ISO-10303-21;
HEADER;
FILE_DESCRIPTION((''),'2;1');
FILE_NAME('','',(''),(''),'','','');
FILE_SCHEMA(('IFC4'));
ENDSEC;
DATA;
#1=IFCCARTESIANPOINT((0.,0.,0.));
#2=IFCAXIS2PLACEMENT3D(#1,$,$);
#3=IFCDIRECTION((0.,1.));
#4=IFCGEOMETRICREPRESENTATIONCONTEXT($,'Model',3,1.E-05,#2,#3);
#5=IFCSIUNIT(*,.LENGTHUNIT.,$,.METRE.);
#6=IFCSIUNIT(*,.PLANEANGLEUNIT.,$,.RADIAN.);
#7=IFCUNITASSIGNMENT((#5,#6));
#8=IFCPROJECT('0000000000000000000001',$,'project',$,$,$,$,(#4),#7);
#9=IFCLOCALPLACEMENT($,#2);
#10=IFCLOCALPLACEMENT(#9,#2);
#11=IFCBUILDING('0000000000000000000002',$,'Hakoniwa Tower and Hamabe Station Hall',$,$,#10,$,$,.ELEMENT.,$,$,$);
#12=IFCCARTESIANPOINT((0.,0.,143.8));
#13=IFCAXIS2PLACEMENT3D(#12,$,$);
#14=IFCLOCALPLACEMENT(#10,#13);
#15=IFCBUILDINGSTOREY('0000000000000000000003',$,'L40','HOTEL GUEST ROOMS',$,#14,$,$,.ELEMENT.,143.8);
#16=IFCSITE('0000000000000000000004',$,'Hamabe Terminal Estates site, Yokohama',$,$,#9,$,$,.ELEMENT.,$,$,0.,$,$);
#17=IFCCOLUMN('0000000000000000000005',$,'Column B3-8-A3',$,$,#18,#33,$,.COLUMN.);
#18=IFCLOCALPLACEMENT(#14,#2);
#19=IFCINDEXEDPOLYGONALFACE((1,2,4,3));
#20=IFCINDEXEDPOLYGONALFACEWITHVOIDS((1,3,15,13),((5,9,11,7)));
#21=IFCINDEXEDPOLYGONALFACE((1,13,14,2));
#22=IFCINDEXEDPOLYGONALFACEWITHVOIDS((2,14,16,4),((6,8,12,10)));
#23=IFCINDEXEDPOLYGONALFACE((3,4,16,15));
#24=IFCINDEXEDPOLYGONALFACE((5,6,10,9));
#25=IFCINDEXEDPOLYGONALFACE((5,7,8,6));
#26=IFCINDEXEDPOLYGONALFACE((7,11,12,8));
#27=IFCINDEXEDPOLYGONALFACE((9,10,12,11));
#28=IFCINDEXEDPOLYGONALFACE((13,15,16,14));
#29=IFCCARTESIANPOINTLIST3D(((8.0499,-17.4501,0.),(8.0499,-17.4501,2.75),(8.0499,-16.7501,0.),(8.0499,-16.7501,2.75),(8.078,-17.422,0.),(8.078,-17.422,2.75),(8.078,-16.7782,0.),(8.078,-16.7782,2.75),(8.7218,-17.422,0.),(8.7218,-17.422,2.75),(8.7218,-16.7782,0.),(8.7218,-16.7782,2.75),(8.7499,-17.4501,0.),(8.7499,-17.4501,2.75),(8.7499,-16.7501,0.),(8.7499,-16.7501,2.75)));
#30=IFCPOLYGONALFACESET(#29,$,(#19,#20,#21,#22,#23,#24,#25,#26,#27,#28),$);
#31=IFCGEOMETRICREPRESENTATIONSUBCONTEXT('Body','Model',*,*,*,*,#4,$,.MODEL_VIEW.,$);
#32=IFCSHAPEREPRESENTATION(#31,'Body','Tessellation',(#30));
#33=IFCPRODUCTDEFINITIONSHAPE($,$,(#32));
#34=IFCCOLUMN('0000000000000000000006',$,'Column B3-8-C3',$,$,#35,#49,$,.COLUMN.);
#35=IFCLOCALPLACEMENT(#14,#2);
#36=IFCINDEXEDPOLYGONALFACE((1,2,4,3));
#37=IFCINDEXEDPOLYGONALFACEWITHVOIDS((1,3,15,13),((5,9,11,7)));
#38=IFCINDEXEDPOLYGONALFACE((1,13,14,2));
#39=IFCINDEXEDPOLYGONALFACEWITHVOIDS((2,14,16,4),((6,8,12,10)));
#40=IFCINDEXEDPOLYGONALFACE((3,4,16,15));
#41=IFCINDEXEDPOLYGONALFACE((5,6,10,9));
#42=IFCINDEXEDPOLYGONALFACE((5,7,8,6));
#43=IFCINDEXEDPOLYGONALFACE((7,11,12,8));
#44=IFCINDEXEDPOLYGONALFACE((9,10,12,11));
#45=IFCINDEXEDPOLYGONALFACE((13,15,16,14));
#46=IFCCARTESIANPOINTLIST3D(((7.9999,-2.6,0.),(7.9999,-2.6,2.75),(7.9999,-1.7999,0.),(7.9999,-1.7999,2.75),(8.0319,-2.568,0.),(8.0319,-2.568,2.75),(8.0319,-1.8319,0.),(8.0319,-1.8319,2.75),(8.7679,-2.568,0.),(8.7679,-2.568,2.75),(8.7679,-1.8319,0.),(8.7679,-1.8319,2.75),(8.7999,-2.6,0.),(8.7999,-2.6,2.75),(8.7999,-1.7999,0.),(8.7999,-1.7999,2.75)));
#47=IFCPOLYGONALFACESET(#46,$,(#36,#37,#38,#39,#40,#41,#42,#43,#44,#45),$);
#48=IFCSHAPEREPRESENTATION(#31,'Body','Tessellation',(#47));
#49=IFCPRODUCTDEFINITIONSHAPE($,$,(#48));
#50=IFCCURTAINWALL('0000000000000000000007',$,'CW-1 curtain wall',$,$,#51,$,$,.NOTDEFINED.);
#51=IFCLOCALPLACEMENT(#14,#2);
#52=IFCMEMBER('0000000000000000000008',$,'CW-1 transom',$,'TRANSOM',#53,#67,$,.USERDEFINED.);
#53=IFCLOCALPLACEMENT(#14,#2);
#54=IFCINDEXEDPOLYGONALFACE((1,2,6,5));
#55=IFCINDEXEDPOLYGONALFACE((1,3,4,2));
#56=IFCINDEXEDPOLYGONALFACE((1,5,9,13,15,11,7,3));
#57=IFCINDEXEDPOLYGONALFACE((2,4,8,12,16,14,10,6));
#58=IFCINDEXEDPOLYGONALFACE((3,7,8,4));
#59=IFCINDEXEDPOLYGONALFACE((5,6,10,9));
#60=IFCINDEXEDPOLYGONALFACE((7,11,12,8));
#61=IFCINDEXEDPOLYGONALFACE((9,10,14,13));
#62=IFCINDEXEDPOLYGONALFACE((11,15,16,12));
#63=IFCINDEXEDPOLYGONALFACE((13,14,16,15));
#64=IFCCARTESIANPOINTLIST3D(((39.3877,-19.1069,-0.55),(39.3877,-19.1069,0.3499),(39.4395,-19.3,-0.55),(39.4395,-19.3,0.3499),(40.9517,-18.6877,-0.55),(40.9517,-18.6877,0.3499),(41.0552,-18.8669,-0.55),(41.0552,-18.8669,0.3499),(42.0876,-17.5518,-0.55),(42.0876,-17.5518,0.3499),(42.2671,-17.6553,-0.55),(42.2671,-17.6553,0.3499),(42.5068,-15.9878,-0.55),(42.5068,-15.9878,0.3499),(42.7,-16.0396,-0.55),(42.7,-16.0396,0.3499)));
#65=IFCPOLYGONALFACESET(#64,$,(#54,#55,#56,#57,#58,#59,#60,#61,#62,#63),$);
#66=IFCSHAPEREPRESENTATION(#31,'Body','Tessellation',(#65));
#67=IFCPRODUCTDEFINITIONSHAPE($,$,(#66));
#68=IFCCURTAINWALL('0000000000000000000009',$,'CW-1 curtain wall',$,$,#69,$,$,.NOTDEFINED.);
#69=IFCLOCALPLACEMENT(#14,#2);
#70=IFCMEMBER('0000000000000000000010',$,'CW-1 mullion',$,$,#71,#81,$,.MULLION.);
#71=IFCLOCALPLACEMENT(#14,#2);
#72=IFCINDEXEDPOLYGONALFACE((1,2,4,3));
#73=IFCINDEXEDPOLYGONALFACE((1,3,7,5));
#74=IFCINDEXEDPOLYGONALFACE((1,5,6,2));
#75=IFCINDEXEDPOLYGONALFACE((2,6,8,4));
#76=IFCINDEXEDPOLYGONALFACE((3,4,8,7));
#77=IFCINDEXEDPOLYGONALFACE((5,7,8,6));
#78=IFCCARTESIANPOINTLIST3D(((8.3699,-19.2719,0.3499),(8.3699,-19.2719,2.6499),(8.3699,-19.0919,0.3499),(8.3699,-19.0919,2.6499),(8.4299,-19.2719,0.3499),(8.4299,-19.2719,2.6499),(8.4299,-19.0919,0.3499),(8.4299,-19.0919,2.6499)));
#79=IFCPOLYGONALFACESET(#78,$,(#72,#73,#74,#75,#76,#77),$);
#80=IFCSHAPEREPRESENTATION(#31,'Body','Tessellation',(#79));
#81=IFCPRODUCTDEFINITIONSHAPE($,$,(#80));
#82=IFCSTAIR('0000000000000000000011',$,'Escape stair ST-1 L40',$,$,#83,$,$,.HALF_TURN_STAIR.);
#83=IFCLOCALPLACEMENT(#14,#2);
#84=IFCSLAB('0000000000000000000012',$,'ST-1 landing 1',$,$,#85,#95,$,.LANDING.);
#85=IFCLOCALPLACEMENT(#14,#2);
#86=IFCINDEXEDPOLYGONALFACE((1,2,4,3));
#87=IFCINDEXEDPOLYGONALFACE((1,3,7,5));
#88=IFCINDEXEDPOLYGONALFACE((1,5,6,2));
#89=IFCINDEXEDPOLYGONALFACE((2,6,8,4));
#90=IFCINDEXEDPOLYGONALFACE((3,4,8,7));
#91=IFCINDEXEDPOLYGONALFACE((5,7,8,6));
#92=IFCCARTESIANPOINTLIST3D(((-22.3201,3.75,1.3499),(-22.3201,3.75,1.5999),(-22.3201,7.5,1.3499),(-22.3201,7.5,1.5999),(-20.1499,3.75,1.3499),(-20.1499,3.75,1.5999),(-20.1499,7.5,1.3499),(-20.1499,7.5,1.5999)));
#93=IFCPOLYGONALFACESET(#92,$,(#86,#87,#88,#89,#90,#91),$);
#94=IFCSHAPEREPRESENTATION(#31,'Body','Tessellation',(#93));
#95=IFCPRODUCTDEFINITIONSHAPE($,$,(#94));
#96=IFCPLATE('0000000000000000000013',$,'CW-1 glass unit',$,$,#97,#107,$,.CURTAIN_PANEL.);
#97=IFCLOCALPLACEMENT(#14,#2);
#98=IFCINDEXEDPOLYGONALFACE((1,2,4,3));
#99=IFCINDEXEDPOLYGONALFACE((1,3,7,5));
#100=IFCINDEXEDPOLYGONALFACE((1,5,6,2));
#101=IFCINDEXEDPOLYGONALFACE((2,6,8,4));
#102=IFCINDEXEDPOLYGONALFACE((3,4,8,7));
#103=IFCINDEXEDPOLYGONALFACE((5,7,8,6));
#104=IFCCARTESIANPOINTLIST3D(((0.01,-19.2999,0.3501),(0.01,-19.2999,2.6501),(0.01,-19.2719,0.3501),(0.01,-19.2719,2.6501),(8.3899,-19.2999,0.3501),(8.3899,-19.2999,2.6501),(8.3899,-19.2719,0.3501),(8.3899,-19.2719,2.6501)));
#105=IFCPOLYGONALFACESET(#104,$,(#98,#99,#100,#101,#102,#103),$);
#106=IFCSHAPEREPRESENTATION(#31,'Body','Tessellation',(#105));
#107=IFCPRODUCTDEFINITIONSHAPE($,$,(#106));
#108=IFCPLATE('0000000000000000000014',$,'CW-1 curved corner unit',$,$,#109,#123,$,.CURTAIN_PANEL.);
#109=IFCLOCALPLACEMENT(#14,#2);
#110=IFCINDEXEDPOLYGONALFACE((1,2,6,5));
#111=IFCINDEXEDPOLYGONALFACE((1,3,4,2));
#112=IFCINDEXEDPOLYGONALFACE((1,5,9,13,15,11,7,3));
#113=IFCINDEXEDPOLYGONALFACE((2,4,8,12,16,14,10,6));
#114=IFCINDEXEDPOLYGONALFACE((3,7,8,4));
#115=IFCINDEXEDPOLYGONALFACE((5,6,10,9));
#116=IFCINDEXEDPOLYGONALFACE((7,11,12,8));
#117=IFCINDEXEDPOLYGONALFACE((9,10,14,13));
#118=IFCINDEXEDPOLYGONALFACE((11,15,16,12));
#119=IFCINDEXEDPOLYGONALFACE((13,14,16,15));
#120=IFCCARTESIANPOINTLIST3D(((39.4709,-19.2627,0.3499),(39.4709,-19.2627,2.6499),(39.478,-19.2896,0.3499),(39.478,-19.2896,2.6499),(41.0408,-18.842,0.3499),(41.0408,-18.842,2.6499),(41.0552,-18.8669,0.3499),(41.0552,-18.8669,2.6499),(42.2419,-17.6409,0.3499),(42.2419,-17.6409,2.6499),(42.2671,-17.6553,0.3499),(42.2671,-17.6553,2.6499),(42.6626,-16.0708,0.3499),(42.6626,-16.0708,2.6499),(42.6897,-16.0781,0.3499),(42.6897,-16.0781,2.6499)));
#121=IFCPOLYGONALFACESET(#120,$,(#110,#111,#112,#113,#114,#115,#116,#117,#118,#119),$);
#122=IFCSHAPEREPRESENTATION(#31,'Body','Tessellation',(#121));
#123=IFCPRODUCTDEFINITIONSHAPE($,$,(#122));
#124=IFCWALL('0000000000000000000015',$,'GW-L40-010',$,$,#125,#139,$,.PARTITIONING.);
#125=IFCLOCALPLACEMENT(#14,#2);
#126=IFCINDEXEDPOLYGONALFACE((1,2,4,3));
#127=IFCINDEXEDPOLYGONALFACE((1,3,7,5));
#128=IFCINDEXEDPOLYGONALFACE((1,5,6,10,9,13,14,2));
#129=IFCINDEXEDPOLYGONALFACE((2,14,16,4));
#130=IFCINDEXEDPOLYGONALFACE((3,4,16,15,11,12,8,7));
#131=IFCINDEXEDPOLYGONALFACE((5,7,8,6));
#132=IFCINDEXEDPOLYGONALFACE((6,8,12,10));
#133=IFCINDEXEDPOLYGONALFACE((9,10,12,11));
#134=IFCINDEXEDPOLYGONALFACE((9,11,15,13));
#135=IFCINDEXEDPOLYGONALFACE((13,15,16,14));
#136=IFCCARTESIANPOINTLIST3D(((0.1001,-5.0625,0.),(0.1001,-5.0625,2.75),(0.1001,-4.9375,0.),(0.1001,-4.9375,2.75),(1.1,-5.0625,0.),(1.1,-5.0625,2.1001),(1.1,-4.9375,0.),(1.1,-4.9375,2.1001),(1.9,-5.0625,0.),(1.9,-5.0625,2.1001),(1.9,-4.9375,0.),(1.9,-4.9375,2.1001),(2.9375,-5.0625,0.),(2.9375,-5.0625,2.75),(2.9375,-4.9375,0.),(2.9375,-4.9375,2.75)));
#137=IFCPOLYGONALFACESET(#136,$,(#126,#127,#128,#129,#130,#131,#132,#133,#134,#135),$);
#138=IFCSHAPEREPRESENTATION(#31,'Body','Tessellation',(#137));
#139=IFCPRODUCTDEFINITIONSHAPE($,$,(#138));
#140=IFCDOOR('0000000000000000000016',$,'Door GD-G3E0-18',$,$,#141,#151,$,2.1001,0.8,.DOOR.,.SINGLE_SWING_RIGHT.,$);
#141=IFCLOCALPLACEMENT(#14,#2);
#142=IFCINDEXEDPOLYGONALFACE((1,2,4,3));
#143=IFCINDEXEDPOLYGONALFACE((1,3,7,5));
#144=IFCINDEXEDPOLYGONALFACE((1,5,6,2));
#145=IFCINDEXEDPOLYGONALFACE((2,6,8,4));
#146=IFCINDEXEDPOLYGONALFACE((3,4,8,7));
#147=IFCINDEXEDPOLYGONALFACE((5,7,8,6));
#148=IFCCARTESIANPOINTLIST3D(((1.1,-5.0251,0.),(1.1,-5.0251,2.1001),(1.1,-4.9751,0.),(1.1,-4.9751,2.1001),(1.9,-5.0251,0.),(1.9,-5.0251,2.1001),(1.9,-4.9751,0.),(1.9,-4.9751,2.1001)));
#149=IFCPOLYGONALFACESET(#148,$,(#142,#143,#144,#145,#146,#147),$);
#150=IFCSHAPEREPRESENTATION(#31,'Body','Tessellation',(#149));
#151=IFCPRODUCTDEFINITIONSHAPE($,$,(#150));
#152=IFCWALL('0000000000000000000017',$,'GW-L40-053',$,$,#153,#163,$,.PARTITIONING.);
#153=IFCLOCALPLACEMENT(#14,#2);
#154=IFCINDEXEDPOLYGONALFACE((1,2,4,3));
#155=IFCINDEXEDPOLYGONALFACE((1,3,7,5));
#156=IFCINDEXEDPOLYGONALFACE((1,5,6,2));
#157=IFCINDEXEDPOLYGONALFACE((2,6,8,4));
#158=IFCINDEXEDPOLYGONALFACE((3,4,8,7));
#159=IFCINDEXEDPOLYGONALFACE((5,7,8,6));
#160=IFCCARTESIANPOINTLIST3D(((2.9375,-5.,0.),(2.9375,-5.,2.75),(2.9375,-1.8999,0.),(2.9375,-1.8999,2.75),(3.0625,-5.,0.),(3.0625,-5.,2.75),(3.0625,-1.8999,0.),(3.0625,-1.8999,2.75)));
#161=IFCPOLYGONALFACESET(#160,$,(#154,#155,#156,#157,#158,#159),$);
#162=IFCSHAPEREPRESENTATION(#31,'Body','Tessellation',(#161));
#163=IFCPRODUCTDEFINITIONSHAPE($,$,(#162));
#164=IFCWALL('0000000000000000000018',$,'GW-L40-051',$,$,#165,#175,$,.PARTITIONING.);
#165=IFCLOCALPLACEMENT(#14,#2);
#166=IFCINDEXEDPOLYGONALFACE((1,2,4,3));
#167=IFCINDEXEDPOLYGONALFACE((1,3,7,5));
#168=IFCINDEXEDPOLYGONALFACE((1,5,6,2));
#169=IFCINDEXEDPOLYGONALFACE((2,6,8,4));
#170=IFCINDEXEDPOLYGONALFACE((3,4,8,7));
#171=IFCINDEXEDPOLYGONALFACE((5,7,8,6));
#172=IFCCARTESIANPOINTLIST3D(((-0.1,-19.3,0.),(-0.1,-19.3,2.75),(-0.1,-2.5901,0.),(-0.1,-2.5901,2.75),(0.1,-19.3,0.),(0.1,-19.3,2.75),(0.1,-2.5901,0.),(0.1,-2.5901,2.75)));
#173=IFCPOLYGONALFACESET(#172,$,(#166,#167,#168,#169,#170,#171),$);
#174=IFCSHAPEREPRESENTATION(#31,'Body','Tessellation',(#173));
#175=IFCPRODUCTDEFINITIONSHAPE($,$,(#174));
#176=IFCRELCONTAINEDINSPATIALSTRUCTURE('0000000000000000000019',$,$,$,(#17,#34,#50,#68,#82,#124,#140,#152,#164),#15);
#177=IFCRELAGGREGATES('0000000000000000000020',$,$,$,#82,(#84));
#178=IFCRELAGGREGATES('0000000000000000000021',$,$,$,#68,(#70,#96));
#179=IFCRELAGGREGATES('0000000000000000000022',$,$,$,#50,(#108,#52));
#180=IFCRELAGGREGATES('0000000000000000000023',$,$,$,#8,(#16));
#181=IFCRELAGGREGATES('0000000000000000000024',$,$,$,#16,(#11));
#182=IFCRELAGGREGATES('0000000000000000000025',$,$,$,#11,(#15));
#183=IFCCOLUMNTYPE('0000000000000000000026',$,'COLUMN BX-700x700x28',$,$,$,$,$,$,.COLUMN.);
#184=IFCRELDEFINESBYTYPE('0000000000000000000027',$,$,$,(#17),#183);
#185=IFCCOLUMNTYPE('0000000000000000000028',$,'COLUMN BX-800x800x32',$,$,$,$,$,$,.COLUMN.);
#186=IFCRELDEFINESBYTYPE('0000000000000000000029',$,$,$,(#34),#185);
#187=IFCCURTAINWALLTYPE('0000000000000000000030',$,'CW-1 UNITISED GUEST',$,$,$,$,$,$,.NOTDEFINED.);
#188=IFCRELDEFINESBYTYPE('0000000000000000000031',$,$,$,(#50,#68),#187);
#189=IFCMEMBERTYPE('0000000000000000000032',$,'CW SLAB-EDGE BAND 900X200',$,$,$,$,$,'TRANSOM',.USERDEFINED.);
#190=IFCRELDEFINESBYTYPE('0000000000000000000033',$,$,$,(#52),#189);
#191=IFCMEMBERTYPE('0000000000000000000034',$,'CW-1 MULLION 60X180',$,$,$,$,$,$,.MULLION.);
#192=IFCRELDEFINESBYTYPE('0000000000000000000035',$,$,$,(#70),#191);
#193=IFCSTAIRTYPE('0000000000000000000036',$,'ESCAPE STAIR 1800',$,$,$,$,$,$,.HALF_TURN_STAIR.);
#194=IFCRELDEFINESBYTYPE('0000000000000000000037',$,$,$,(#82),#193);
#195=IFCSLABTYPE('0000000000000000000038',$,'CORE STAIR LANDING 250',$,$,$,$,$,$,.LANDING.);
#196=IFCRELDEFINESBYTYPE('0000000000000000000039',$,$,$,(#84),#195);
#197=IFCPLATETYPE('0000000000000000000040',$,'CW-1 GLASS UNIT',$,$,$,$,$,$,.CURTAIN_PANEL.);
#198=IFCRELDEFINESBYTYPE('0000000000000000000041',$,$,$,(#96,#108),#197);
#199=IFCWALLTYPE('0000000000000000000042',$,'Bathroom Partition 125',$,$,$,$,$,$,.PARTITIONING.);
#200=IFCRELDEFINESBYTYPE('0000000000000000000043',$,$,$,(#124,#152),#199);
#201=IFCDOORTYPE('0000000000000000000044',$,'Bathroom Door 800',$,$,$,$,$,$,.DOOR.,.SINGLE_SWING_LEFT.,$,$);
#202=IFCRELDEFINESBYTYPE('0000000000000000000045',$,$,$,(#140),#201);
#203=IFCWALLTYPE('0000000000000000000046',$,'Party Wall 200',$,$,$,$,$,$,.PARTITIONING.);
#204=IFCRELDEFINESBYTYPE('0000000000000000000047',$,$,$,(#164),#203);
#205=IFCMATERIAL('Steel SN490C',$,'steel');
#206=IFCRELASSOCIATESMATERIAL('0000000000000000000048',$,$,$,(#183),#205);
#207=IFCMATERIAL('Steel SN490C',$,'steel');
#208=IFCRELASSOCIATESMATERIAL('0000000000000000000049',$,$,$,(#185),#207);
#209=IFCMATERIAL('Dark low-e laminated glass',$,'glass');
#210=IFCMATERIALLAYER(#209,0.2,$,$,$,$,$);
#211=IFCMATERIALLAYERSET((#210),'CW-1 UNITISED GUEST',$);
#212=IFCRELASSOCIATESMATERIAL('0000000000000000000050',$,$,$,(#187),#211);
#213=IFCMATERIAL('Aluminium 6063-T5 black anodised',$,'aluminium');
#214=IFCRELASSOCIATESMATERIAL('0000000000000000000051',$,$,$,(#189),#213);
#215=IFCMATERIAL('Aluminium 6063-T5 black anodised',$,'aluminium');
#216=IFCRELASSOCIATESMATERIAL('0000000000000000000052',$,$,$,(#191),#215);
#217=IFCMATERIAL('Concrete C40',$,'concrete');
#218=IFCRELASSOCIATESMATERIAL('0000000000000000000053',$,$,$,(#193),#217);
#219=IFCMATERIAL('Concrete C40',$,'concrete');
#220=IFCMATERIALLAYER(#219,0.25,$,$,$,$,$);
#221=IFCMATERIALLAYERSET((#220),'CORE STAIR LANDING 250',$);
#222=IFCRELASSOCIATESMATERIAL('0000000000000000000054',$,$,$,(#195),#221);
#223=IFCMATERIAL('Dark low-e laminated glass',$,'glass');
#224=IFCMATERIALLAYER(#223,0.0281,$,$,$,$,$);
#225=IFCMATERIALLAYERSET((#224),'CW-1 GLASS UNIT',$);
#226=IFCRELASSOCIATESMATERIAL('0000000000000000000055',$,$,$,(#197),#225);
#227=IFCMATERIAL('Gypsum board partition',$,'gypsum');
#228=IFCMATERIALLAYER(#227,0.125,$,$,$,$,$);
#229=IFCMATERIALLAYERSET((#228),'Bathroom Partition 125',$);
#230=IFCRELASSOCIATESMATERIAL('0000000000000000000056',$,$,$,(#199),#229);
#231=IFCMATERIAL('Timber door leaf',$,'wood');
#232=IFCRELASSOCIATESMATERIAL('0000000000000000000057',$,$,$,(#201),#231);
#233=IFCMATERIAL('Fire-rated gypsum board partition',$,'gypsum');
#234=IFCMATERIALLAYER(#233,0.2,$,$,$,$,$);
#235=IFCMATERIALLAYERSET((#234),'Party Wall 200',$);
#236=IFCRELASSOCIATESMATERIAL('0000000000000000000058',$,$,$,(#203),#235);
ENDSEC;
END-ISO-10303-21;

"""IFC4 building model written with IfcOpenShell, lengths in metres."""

from ifc_helpers import new_model, si_unit, direction, frame, frame_2d, origin, origin_2d, place, context, subcontext, project, spatial, polyline, rectangle, hollow_rectangle, outline, extrude, material, layer, layer_set, material_profile, profile_set, type_object, element, fill, aggregate, save


model = new_model("IFC4")

# Units and contexts
model_context = context("Model", 3, precision=1e-05, world=origin(), true_north=direction((0.0, 1.0)))
body_context = subcontext(model_context, "Body", "Model", "MODEL_VIEW")
ifc_project = project(units=[si_unit("LENGTHUNIT", "METRE"), si_unit("PLANEANGLEUNIT", "RADIAN")], contexts=[model_context])

# Site, building, storey
site_placement = place(None, origin())
site = spatial("IfcSite", under=ifc_project, at=site_placement, Name="Hamabe Terminal Estates site, Yokohama", CompositionType="ELEMENT", RefElevation=0.0)
building_placement = place(site_placement, origin())
building = spatial("IfcBuilding", under=site, at=building_placement, Name="Hakoniwa Tower and Hamabe Station Hall", CompositionType="ELEMENT")
storey_placement = place(building_placement, frame((0.0, 0.0, 143.8)))
storey = spatial("IfcBuildingStorey", under=building, at=storey_placement, Name="L40", Description="HOTEL GUEST ROOMS", CompositionType="ELEMENT", Elevation=143.8)

# Columns
ifc_material_1 = material(Name="Steel SN490C", Category="steel")
ifc_material_profile_1 = material_profile(ifc_material_1, hollow_rectangle(XDim=0.7, YDim=0.7, WallThickness=0.0281, at=origin_2d()), Name="BX-700x700x28")
ifc_profile_set_1 = profile_set([ifc_material_profile_1], Name="Steel SN490C")
column_type_1 = type_object("IfcColumnType", Name="COLUMN BX-700x700x28", PredefinedType="COLUMN", material=ifc_profile_set_1)
column_1_placement = place(storey_placement, frame((8.3999, -17.1001, 0.0), z_axis=(0.0, 0.0, 1.0), x_axis=(1.0, 0.0, 0.0)))
element("IfcColumn", 1, at=column_1_placement, inside=storey, type_object=column_type_1, Name="Column B3-8-A3", PredefinedType="COLUMN", context=body_context, shape_type="SweptSolid", body=[
    extrude(hollow_rectangle(XDim=0.7, YDim=0.7, WallThickness=0.0281, at=origin_2d()), origin(), (0.0, 0.0, 1.0), 2.75),
])
ifc_material_2 = material(Name="Steel SN490C", Category="steel")
ifc_material_profile_2 = material_profile(ifc_material_2, hollow_rectangle(XDim=0.8, YDim=0.8, WallThickness=0.032, at=origin_2d()), Name="BX-800x800x32")
ifc_profile_set_2 = profile_set([ifc_material_profile_2], Name="Steel SN490C")
column_type_2 = type_object("IfcColumnType", Name="COLUMN BX-800x800x32", PredefinedType="COLUMN", material=ifc_profile_set_2)
column_2_placement = place(storey_placement, frame((8.3999, -2.2, 0.0), z_axis=(0.0, 0.0, 1.0), x_axis=(1.0, 0.0, 0.0)))
element("IfcColumn", 2, at=column_2_placement, inside=storey, type_object=column_type_2, Name="Column B3-8-C3", PredefinedType="COLUMN", context=body_context, shape_type="SweptSolid", body=[
    extrude(hollow_rectangle(XDim=0.8, YDim=0.8, WallThickness=0.032, at=origin_2d()), origin(), (0.0, 0.0, 1.0), 2.75),
])

# Curtain walls, members
ifc_material_3 = material(Name="Dark low-e laminated glass", Category="glass")
ifc_layer_1 = layer(ifc_material_3, 0.2)
ifc_layer_set_1 = layer_set([ifc_layer_1], Name="CW-1 UNITISED GUEST")
curtain_wall_type = type_object("IfcCurtainWallType", Name="CW-1 UNITISED GUEST", PredefinedType="NOTDEFINED", material=ifc_layer_set_1)
curtain_wall_1_placement = place(storey_placement, origin())
curtain_wall_1 = element("IfcCurtainWall", 3, at=curtain_wall_1_placement, inside=storey, type_object=curtain_wall_type, Name="CW-1 curtain wall", PredefinedType="NOTDEFINED")
ifc_material_4 = material(Name="Aluminium 6063-T5 black anodised", Category="aluminium")
ifc_material_profile_3 = material_profile(ifc_material_4, rectangle(XDim=0.2, YDim=0.8999, at=origin_2d()), Name="CW SLAB-EDGE BAND 900X200")
ifc_profile_set_3 = profile_set([ifc_material_profile_3], Name="Aluminium 6063-T5 black anodised")
member_type_1 = type_object("IfcMemberType", Name="CW SLAB-EDGE BAND 900X200", ElementType="TRANSOM", PredefinedType="USERDEFINED", material=ifc_profile_set_3)
member_1_placement = place(storey_placement, frame((0.0, 0.0, -0.55)))
member_1 = element("IfcMember", 4, at=member_1_placement, type_object=member_type_1, Name="CW-1 transom", ObjectType="TRANSOM", PredefinedType="USERDEFINED", context=body_context, shape_type="SweptSolid", body=[
    extrude(outline(polyline([(39.4395, -19.3), (41.0552, -18.8669), (42.2671, -17.6553), (42.7, -16.0396), (42.5068, -15.9878), (42.0876, -17.5518), (40.9517, -18.6877), (39.3877, -19.1069), (39.4395, -19.3)])), origin(), (0.0, 0.0, 1.0), 0.8999),
])
curtain_wall_2_placement = place(storey_placement, origin())
curtain_wall_2 = element("IfcCurtainWall", 5, at=curtain_wall_2_placement, inside=storey, type_object=curtain_wall_type, Name="CW-1 curtain wall", PredefinedType="NOTDEFINED")
ifc_material_5 = material(Name="Aluminium 6063-T5 black anodised", Category="aluminium")
ifc_material_profile_4 = material_profile(ifc_material_5, rectangle(XDim=0.0601, YDim=0.1799, at=origin_2d()), Name="CW-1 MULLION 60X180")
ifc_profile_set_4 = profile_set([ifc_material_profile_4], Name="Aluminium 6063-T5 black anodised")
member_type_2 = type_object("IfcMemberType", Name="CW-1 MULLION 60X180", PredefinedType="MULLION", material=ifc_profile_set_4)
member_2_placement = place(storey_placement, frame((8.3999, -19.1819, 0.3499), z_axis=(0.0, 0.0, 1.0), x_axis=(1.0, 0.0, 0.0)))
member_2 = element("IfcMember", 6, at=member_2_placement, type_object=member_type_2, Name="CW-1 mullion", PredefinedType="MULLION", context=body_context, shape_type="SweptSolid", body=[
    extrude(rectangle(XDim=0.0601, YDim=0.1799, at=origin_2d()), origin(), (0.0, 0.0, 1.0), 2.3),
])

# Stair, slab
ifc_material_6 = material(Name="Concrete C40", Category="concrete")
stair_type = type_object("IfcStairType", Name="ESCAPE STAIR 1800", PredefinedType="HALF_TURN_STAIR", material=ifc_material_6)
stair_placement = place(storey_placement, origin())
stair = element("IfcStair", 7, at=stair_placement, inside=storey, type_object=stair_type, Name="Escape stair ST-1 L40", PredefinedType="HALF_TURN_STAIR")
ifc_material_7 = material(Name="Concrete C40", Category="concrete")
ifc_layer_2 = layer(ifc_material_7, 0.25)
ifc_layer_set_2 = layer_set([ifc_layer_2], Name="CORE STAIR LANDING 250")
slab_type = type_object("IfcSlabType", Name="CORE STAIR LANDING 250", PredefinedType="LANDING", material=ifc_layer_set_2)
slab_placement = place(storey_placement, frame((0.0, 0.0, 1.3499)))
slab = element("IfcSlab", 8, at=slab_placement, type_object=slab_type, Name="ST-1 landing 1", PredefinedType="LANDING", context=body_context, shape_type="SweptSolid", body=[
    extrude(outline(polyline([(-22.3201, 3.75), (-20.1499, 3.75), (-20.1499, 7.5), (-22.3201, 7.5), (-22.3201, 3.75)])), origin(), (0.0, 0.0, 1.0), 0.25),
])
aggregate(stair, [slab])

# Plates
ifc_material_8 = material(Name="Dark low-e laminated glass", Category="glass")
ifc_layer_3 = layer(ifc_material_8, 0.0281)
ifc_layer_set_3 = layer_set([ifc_layer_3], Name="CW-1 GLASS UNIT")
plate_type = type_object("IfcPlateType", Name="CW-1 GLASS UNIT", PredefinedType="CURTAIN_PANEL", material=ifc_layer_set_3)
plate_1_placement = place(storey_placement, frame((4.2, -19.2859, 0.3501), z_axis=(0.0, 0.0, 1.0), x_axis=(1.0, 0.0, 0.0)))
plate_1 = element("IfcPlate", 9, at=plate_1_placement, type_object=plate_type, Name="CW-1 glass unit", PredefinedType="CURTAIN_PANEL", context=body_context, shape_type="SweptSolid", body=[
    extrude(rectangle(XDim=8.3799, YDim=0.0281, at=origin_2d()), origin(), (0.0, 0.0, 1.0), 2.3),
])
aggregate(curtain_wall_2, [member_2, plate_1])
plate_2_placement = place(storey_placement, frame((0.0, 0.0, 0.3499)))
plate_2 = element("IfcPlate", 10, at=plate_2_placement, type_object=plate_type, Name="CW-1 curved corner unit", PredefinedType="CURTAIN_PANEL", context=body_context, shape_type="SweptSolid", body=[
    extrude(outline(polyline([(39.478, -19.2896), (41.0552, -18.8669), (42.2671, -17.6553), (42.6897, -16.0781), (42.6626, -16.0708), (42.2419, -17.6409), (41.0408, -18.842), (39.4709, -19.2627), (39.478, -19.2896)])), origin(), (0.0, 0.0, 1.0), 2.3),
])
aggregate(curtain_wall_1, [plate_2, member_1])

# Wall, opening, door
ifc_material_9 = material(Name="Gypsum board partition", Category="gypsum")
ifc_layer_4 = layer(ifc_material_9, 0.125)
ifc_layer_set_4 = layer_set([ifc_layer_4], Name="Bathroom Partition 125")
wall_type_1 = type_object("IfcWallType", Name="Bathroom Partition 125", PredefinedType="PARTITIONING", material=ifc_layer_set_4)
wall_1_placement = place(storey_placement, frame((0.1001, -5.0, 0.0), z_axis=(0.0, 0.0, 1.0), x_axis=(1.0, 0.0, 0.0)))
wall_1 = element("IfcWall", 11, at=wall_1_placement, inside=storey, type_object=wall_type_1, Name="GW-L40-010", PredefinedType="PARTITIONING", context=body_context, shape_type="SweptSolid", body=[
    extrude(rectangle(XDim=2.8374, YDim=0.125, at=frame_2d((1.4187, 0.0))), origin(), (0.0, 0.0, 1.0), 2.75),
])
opening_1_placement = place(wall_1_placement, frame((1.0, 0.0, 0.0)))
opening_1 = element("IfcOpeningElement", 12, at=opening_1_placement, cuts=wall_1, PredefinedType="OPENING", context=body_context, shape_type="SweptSolid", body=[
    extrude(rectangle(XDim=0.8, YDim=2.1001, at=frame_2d((0.3999, 1.05))), frame((0.0, 0.0725, 0.0), z_axis=(0.0, -1.0, 0.0), x_axis=(1.0, 0.0, 0.0)), (0.0, 0.0, 1.0), 0.145),
])
ifc_material_10 = material(Name="Timber door leaf", Category="wood")
door_type_1 = type_object("IfcDoorType", Name="Bathroom Door 800", OperationType="SINGLE_SWING_LEFT", PredefinedType="DOOR", material=ifc_material_10)
door_1_placement = place(opening_1_placement, origin())
door_1 = element("IfcDoor", 13, at=door_1_placement, inside=storey, type_object=door_type_1, Name="Door GD-G3E0-18", OperationType="SINGLE_SWING_RIGHT", OverallHeight=2.1001, OverallWidth=0.8, PredefinedType="DOOR", context=body_context, shape_type="SweptSolid", body=[
    extrude(rectangle(XDim=0.8, YDim=2.1001, at=frame_2d((0.3999, 1.05))), frame((0.0, 0.0249, 0.0), z_axis=(0.0, -1.0, 0.0), x_axis=(1.0, 0.0, 0.0)), (0.0, 0.0, 1.0), 0.05),
])
fill(opening_1, door_1)

# Walls
wall_2_placement = place(storey_placement, frame((3.0, -5.0, 0.0), z_axis=(0.0, 0.0, 1.0), x_axis=(0.0, 1.0, 0.0)))
element("IfcWall", 14, at=wall_2_placement, inside=storey, type_object=wall_type_1, Name="GW-L40-053", PredefinedType="PARTITIONING", context=body_context, shape_type="SweptSolid", body=[
    extrude(rectangle(XDim=3.1001, YDim=0.125, at=frame_2d((1.55, 0.0))), origin(), (0.0, 0.0, 1.0), 2.75),
])
ifc_material_11 = material(Name="Fire-rated gypsum board partition", Category="gypsum")
ifc_layer_5 = layer(ifc_material_11, 0.2)
ifc_layer_set_5 = layer_set([ifc_layer_5], Name="Party Wall 200")
wall_type_2 = type_object("IfcWallType", Name="Party Wall 200", PredefinedType="PARTITIONING", material=ifc_layer_set_5)
for number, where, z_axis, x_axis, name in (
    (15, (0.0, -19.3, 0.0), (0.0, 0.0, 1.0), (0.0, 1.0, 0.0), "GW-L40-051"),
):
    element("IfcWall", number, at=place(storey_placement, frame(where, z_axis=z_axis, x_axis=x_axis)), inside=storey, type_object=wall_type_2, Name=name, PredefinedType="PARTITIONING", context=body_context, shape_type="SweptSolid", body=[
        extrude(rectangle(XDim=16.71, YDim=0.2, at=frame_2d((8.355, 0.0))), origin(), (0.0, 0.0, 1.0), 2.75),
    ])

save(model, "model.ifc")
